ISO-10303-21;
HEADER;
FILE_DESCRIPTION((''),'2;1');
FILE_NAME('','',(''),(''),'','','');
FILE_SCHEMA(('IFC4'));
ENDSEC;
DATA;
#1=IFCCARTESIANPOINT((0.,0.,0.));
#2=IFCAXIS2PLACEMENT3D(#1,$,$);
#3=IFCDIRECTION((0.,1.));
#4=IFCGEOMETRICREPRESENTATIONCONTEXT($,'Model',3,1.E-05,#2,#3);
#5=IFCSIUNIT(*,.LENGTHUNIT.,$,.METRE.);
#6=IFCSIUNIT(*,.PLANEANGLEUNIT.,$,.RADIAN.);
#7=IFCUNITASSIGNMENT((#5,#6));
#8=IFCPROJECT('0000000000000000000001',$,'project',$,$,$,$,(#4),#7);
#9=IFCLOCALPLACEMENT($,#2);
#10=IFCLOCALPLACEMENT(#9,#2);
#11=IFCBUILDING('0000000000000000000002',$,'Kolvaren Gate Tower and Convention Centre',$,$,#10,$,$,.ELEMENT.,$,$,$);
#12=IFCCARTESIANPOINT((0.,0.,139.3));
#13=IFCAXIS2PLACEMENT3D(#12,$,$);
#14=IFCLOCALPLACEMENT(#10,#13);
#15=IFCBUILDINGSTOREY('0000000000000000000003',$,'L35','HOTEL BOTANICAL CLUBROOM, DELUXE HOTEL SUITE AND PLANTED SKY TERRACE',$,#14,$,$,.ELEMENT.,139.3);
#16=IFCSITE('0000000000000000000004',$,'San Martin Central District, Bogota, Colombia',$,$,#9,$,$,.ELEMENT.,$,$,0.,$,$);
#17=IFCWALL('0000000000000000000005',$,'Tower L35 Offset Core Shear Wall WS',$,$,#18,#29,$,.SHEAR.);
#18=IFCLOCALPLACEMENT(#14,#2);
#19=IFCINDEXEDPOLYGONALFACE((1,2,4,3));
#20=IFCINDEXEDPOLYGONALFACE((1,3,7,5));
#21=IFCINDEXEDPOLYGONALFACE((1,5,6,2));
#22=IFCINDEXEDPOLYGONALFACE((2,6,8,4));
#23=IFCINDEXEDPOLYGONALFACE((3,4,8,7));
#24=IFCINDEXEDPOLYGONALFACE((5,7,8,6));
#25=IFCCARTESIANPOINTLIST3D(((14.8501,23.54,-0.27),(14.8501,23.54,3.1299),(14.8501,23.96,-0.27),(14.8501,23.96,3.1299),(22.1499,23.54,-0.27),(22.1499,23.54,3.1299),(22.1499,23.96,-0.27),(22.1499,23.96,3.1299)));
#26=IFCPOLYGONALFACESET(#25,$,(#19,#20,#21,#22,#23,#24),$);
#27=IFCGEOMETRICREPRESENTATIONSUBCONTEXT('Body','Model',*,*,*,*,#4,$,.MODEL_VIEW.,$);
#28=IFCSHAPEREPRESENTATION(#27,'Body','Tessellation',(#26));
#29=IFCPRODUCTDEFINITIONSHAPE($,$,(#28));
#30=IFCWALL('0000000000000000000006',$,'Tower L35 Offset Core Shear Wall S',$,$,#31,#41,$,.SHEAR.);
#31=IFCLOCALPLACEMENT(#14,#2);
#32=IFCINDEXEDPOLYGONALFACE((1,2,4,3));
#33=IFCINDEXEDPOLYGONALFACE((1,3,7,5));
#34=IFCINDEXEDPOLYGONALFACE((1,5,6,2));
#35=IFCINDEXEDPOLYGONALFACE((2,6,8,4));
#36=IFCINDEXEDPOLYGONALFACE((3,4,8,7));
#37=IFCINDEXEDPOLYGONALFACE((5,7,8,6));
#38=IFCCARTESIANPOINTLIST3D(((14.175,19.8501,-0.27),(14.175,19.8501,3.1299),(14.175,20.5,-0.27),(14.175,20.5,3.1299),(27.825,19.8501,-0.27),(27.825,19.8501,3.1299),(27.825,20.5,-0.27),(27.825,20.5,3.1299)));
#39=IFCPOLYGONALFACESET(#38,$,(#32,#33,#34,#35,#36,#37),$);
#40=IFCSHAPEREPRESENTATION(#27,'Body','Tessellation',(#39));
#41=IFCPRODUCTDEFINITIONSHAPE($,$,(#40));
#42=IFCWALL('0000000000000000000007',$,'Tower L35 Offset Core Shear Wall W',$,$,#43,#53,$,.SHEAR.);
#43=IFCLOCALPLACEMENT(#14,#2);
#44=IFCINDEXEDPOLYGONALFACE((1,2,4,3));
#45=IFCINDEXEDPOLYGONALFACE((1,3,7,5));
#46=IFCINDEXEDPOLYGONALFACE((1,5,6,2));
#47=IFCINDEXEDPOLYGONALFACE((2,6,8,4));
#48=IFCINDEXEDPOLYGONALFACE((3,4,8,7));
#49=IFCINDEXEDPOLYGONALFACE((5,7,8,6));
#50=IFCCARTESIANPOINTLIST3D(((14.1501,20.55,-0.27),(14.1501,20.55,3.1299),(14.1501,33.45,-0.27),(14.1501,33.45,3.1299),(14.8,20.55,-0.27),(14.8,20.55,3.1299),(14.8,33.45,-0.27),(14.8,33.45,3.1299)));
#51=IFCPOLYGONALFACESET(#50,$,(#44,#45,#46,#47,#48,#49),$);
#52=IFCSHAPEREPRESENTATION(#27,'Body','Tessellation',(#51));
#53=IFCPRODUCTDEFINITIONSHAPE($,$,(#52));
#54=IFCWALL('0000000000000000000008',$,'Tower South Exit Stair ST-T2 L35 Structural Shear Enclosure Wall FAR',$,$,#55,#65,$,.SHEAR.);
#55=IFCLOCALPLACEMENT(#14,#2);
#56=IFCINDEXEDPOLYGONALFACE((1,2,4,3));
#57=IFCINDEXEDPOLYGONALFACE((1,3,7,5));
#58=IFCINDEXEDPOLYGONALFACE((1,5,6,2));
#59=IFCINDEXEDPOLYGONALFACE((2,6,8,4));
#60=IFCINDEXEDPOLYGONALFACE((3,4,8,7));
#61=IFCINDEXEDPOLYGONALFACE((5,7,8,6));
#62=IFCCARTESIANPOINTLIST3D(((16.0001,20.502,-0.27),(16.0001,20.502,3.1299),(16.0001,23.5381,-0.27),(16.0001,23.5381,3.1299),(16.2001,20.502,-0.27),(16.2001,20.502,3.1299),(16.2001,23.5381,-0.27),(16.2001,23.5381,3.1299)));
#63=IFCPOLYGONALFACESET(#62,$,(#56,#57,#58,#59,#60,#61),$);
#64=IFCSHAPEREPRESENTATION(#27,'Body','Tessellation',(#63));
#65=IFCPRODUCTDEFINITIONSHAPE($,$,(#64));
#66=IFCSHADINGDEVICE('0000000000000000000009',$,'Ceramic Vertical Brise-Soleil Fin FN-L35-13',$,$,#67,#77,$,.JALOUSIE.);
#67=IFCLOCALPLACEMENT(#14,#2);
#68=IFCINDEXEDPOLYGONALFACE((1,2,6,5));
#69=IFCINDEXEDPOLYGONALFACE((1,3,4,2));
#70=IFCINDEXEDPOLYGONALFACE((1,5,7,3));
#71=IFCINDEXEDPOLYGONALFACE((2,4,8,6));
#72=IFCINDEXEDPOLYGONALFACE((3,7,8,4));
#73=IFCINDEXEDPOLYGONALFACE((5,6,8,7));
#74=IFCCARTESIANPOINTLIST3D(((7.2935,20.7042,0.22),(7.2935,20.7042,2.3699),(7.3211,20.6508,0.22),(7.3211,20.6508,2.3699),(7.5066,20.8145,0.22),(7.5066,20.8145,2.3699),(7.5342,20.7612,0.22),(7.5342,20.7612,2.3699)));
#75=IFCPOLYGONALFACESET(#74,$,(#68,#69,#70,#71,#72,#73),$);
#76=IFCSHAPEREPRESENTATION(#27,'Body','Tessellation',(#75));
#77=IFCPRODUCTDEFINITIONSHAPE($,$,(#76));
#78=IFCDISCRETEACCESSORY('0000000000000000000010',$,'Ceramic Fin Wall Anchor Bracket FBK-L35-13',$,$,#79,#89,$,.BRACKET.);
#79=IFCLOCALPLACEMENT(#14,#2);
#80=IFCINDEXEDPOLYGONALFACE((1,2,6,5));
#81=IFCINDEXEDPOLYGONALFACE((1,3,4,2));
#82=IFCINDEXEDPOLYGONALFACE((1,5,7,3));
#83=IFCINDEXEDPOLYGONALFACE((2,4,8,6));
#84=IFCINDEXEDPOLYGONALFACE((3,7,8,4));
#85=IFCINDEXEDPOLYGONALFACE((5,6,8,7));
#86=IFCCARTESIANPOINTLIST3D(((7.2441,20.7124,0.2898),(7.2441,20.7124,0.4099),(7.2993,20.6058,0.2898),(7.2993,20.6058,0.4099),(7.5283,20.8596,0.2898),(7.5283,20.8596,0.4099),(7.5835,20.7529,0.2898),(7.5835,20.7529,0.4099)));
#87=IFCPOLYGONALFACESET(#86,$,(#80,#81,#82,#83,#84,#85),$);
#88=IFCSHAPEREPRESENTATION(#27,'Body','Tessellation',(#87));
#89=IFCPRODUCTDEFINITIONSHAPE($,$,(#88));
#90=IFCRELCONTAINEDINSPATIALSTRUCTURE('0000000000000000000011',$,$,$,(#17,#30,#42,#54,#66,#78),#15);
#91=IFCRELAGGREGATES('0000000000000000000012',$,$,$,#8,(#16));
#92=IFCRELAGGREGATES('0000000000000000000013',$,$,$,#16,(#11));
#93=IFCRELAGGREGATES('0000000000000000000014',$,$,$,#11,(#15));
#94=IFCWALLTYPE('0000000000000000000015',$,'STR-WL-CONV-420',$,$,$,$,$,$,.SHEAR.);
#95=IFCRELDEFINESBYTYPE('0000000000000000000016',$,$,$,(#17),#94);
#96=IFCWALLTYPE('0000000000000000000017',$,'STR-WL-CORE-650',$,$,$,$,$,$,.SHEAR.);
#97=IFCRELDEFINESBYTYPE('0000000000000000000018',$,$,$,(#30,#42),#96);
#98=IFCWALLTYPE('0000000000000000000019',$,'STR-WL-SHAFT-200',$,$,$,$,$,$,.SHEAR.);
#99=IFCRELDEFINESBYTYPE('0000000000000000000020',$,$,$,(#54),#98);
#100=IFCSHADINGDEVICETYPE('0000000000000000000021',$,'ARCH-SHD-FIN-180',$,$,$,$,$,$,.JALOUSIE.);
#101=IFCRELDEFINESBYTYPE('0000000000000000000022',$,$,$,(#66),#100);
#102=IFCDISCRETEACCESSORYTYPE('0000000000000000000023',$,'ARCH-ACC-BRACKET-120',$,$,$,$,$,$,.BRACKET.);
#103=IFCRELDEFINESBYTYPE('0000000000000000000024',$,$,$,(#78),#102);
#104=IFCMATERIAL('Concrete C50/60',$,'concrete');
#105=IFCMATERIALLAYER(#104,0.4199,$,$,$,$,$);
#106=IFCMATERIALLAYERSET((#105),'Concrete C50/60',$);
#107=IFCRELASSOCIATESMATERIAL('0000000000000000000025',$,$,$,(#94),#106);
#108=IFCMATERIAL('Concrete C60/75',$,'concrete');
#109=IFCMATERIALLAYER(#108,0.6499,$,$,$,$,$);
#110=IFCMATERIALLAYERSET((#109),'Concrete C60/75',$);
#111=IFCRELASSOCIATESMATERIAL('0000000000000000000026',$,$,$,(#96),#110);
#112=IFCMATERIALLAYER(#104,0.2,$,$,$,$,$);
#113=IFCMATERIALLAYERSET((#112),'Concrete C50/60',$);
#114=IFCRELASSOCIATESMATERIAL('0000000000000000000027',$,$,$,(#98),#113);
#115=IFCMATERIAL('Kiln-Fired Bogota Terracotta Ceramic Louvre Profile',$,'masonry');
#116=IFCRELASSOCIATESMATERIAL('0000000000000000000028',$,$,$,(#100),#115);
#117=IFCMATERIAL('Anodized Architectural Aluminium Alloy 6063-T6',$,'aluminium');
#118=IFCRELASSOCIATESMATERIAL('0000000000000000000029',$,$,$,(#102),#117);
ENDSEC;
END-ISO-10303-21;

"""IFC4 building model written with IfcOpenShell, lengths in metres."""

from ifc_helpers import new_model, si_unit, direction, frame, frame_2d, origin, origin_2d, place, context, subcontext, project, spatial, rectangle, extrude, material, layer, layer_set, type_object, element, save


model = new_model("IFC4")

# Units and contexts
model_context = context("Model", 3, precision=1e-05, world=origin(), true_north=direction((0.0, 1.0)))
body_context = subcontext(model_context, "Body", "Model", "MODEL_VIEW")
ifc_project = project(units=[si_unit("LENGTHUNIT", "METRE"), si_unit("PLANEANGLEUNIT", "RADIAN")], contexts=[model_context])

# Site, building, storey
site_placement = place(None, origin())
site = spatial("IfcSite", under=ifc_project, at=site_placement, Name="San Martin Central District, Bogota, Colombia", CompositionType="ELEMENT", RefElevation=0.0)
building_placement = place(site_placement, origin())
building = spatial("IfcBuilding", under=site, at=building_placement, Name="Kolvaren Gate Tower and Convention Centre", CompositionType="ELEMENT")
storey_placement = place(building_placement, frame((0.0, 0.0, 139.3)))
storey = spatial("IfcBuildingStorey", under=building, at=storey_placement, Name="L35", Description="HOTEL BOTANICAL CLUBROOM, DELUXE HOTEL SUITE AND PLANTED SKY TERRACE", CompositionType="ELEMENT", Elevation=139.3)

# Shared definitions
ifc_material_1 = material(Name="Concrete C60/75", Category="concrete")

# Walls
ifc_material_2 = material(Name="Concrete C50/60", Category="concrete")
ifc_layer_1 = layer(ifc_material_2, 0.4199)
ifc_layer_set_1 = layer_set([ifc_layer_1], Name="Concrete C50/60")
wall_type_1 = type_object("IfcWallType", Name="STR-WL-CONV-420", PredefinedType="SHEAR", material=ifc_layer_set_1)
wall_1_placement = place(storey_placement, frame((14.8501, 23.75, -0.27), z_axis=(0.0, 0.0, 1.0), x_axis=(1.0, 0.0, 0.0)))
element("IfcWall", 1, at=wall_1_placement, inside=storey, type_object=wall_type_1, Name="Tower L35 Offset Core Shear Wall WS", PredefinedType="SHEAR", context=body_context, shape_type="SweptSolid", body=[
    extrude(rectangle(XDim=7.2998, YDim=0.4199, at=frame_2d((3.6499, 0.0))), origin(), (0.0, 0.0, 1.0), 3.3999),
])
ifc_layer_2 = layer(ifc_material_1, 0.6499)
ifc_layer_set_2 = layer_set([ifc_layer_2], Name="Concrete C60/75")
wall_type_2 = type_object("IfcWallType", Name="STR-WL-CORE-650", PredefinedType="SHEAR", material=ifc_layer_set_2)
wall_2_placement = place(storey_placement, frame((14.175, 20.175, -0.27), z_axis=(0.0, 0.0, 1.0), x_axis=(1.0, 0.0, 0.0)))
element("IfcWall", 2, at=wall_2_placement, inside=storey, type_object=wall_type_2, Name="Tower L35 Offset Core Shear Wall S", PredefinedType="SHEAR", context=body_context, shape_type="SweptSolid", body=[
    extrude(rectangle(XDim=13.6499, YDim=0.6499, at=frame_2d((6.825, 0.0))), origin(), (0.0, 0.0, 1.0), 3.3999),
])
wall_3_placement = place(storey_placement, frame((14.4751, 20.55, -0.27), z_axis=(0.0, 0.0, 1.0), x_axis=(0.0, 1.0, 0.0)))
element("IfcWall", 3, at=wall_3_placement, inside=storey, type_object=wall_type_2, Name="Tower L35 Offset Core Shear Wall W", PredefinedType="SHEAR", context=body_context, shape_type="SweptSolid", body=[
    extrude(rectangle(XDim=12.8999, YDim=0.6499, at=frame_2d((6.45, 0.0))), origin(), (0.0, 0.0, 1.0), 3.3999),
])
ifc_layer_3 = layer(ifc_material_2, 0.2)
ifc_layer_set_3 = layer_set([ifc_layer_3], Name="Concrete C50/60")
wall_type_3 = type_object("IfcWallType", Name="STR-WL-SHAFT-200", PredefinedType="SHEAR", material=ifc_layer_set_3)
wall_4_placement = place(storey_placement, frame((16.1001, 20.502, -0.27), z_axis=(0.0, 0.0, 1.0), x_axis=(0.0, 1.0, 0.0)))
element("IfcWall", 4, at=wall_4_placement, inside=storey, type_object=wall_type_3, Name="Tower South Exit Stair ST-T2 L35 Structural Shear Enclosure Wall FAR", PredefinedType="SHEAR", context=body_context, shape_type="SweptSolid", body=[
    extrude(rectangle(XDim=3.0361, YDim=0.2, at=frame_2d((1.5181, 0.0))), origin(), (0.0, 0.0, 1.0), 3.3999),
])

# Shading device
ifc_material_3 = material(Name="Kiln-Fired Bogota Terracotta Ceramic Louvre Profile", Category="masonry")
shading_device_type = type_object("IfcShadingDeviceType", Name="ARCH-SHD-FIN-180", PredefinedType="JALOUSIE", material=ifc_material_3)
shading_device_placement = place(storey_placement, frame((7.4138, 20.7327, 0.22), z_axis=(0.0, 0.0, 1.0), x_axis=(0.459781, -0.888032, 0.0)))
element("IfcShadingDevice", 5, at=shading_device_placement, inside=storey, type_object=shading_device_type, Name="Ceramic Vertical Brise-Soleil Fin FN-L35-13", PredefinedType="JALOUSIE", context=body_context, shape_type="SweptSolid", body=[
    extrude(rectangle(XDim=0.0601, YDim=0.24, at=origin_2d()), origin(), (0.0, 0.0, 1.0), 2.1499),
])

# Discrete accessory
ifc_material_4 = material(Name="Anodized Architectural Aluminium Alloy 6063-T6", Category="aluminium")
discrete_accessory_type = type_object("IfcDiscreteAccessoryType", Name="ARCH-ACC-BRACKET-120", PredefinedType="BRACKET", material=ifc_material_4)
discrete_accessory_placement = place(storey_placement, frame((7.4138, 20.7327, 0.2898), z_axis=(0.0, 0.0, 1.0), x_axis=(0.459781, -0.888032, 0.0)))
element("IfcDiscreteAccessory", 6, at=discrete_accessory_placement, inside=storey, type_object=discrete_accessory_type, Name="Ceramic Fin Wall Anchor Bracket FBK-L35-13", PredefinedType="BRACKET", context=body_context, shape_type="SweptSolid", body=[
    extrude(rectangle(XDim=0.1201, YDim=0.3201, at=origin_2d()), origin(), (0.0, 0.0, 1.0), 0.1201),
])

save(model, "model.ifc")
